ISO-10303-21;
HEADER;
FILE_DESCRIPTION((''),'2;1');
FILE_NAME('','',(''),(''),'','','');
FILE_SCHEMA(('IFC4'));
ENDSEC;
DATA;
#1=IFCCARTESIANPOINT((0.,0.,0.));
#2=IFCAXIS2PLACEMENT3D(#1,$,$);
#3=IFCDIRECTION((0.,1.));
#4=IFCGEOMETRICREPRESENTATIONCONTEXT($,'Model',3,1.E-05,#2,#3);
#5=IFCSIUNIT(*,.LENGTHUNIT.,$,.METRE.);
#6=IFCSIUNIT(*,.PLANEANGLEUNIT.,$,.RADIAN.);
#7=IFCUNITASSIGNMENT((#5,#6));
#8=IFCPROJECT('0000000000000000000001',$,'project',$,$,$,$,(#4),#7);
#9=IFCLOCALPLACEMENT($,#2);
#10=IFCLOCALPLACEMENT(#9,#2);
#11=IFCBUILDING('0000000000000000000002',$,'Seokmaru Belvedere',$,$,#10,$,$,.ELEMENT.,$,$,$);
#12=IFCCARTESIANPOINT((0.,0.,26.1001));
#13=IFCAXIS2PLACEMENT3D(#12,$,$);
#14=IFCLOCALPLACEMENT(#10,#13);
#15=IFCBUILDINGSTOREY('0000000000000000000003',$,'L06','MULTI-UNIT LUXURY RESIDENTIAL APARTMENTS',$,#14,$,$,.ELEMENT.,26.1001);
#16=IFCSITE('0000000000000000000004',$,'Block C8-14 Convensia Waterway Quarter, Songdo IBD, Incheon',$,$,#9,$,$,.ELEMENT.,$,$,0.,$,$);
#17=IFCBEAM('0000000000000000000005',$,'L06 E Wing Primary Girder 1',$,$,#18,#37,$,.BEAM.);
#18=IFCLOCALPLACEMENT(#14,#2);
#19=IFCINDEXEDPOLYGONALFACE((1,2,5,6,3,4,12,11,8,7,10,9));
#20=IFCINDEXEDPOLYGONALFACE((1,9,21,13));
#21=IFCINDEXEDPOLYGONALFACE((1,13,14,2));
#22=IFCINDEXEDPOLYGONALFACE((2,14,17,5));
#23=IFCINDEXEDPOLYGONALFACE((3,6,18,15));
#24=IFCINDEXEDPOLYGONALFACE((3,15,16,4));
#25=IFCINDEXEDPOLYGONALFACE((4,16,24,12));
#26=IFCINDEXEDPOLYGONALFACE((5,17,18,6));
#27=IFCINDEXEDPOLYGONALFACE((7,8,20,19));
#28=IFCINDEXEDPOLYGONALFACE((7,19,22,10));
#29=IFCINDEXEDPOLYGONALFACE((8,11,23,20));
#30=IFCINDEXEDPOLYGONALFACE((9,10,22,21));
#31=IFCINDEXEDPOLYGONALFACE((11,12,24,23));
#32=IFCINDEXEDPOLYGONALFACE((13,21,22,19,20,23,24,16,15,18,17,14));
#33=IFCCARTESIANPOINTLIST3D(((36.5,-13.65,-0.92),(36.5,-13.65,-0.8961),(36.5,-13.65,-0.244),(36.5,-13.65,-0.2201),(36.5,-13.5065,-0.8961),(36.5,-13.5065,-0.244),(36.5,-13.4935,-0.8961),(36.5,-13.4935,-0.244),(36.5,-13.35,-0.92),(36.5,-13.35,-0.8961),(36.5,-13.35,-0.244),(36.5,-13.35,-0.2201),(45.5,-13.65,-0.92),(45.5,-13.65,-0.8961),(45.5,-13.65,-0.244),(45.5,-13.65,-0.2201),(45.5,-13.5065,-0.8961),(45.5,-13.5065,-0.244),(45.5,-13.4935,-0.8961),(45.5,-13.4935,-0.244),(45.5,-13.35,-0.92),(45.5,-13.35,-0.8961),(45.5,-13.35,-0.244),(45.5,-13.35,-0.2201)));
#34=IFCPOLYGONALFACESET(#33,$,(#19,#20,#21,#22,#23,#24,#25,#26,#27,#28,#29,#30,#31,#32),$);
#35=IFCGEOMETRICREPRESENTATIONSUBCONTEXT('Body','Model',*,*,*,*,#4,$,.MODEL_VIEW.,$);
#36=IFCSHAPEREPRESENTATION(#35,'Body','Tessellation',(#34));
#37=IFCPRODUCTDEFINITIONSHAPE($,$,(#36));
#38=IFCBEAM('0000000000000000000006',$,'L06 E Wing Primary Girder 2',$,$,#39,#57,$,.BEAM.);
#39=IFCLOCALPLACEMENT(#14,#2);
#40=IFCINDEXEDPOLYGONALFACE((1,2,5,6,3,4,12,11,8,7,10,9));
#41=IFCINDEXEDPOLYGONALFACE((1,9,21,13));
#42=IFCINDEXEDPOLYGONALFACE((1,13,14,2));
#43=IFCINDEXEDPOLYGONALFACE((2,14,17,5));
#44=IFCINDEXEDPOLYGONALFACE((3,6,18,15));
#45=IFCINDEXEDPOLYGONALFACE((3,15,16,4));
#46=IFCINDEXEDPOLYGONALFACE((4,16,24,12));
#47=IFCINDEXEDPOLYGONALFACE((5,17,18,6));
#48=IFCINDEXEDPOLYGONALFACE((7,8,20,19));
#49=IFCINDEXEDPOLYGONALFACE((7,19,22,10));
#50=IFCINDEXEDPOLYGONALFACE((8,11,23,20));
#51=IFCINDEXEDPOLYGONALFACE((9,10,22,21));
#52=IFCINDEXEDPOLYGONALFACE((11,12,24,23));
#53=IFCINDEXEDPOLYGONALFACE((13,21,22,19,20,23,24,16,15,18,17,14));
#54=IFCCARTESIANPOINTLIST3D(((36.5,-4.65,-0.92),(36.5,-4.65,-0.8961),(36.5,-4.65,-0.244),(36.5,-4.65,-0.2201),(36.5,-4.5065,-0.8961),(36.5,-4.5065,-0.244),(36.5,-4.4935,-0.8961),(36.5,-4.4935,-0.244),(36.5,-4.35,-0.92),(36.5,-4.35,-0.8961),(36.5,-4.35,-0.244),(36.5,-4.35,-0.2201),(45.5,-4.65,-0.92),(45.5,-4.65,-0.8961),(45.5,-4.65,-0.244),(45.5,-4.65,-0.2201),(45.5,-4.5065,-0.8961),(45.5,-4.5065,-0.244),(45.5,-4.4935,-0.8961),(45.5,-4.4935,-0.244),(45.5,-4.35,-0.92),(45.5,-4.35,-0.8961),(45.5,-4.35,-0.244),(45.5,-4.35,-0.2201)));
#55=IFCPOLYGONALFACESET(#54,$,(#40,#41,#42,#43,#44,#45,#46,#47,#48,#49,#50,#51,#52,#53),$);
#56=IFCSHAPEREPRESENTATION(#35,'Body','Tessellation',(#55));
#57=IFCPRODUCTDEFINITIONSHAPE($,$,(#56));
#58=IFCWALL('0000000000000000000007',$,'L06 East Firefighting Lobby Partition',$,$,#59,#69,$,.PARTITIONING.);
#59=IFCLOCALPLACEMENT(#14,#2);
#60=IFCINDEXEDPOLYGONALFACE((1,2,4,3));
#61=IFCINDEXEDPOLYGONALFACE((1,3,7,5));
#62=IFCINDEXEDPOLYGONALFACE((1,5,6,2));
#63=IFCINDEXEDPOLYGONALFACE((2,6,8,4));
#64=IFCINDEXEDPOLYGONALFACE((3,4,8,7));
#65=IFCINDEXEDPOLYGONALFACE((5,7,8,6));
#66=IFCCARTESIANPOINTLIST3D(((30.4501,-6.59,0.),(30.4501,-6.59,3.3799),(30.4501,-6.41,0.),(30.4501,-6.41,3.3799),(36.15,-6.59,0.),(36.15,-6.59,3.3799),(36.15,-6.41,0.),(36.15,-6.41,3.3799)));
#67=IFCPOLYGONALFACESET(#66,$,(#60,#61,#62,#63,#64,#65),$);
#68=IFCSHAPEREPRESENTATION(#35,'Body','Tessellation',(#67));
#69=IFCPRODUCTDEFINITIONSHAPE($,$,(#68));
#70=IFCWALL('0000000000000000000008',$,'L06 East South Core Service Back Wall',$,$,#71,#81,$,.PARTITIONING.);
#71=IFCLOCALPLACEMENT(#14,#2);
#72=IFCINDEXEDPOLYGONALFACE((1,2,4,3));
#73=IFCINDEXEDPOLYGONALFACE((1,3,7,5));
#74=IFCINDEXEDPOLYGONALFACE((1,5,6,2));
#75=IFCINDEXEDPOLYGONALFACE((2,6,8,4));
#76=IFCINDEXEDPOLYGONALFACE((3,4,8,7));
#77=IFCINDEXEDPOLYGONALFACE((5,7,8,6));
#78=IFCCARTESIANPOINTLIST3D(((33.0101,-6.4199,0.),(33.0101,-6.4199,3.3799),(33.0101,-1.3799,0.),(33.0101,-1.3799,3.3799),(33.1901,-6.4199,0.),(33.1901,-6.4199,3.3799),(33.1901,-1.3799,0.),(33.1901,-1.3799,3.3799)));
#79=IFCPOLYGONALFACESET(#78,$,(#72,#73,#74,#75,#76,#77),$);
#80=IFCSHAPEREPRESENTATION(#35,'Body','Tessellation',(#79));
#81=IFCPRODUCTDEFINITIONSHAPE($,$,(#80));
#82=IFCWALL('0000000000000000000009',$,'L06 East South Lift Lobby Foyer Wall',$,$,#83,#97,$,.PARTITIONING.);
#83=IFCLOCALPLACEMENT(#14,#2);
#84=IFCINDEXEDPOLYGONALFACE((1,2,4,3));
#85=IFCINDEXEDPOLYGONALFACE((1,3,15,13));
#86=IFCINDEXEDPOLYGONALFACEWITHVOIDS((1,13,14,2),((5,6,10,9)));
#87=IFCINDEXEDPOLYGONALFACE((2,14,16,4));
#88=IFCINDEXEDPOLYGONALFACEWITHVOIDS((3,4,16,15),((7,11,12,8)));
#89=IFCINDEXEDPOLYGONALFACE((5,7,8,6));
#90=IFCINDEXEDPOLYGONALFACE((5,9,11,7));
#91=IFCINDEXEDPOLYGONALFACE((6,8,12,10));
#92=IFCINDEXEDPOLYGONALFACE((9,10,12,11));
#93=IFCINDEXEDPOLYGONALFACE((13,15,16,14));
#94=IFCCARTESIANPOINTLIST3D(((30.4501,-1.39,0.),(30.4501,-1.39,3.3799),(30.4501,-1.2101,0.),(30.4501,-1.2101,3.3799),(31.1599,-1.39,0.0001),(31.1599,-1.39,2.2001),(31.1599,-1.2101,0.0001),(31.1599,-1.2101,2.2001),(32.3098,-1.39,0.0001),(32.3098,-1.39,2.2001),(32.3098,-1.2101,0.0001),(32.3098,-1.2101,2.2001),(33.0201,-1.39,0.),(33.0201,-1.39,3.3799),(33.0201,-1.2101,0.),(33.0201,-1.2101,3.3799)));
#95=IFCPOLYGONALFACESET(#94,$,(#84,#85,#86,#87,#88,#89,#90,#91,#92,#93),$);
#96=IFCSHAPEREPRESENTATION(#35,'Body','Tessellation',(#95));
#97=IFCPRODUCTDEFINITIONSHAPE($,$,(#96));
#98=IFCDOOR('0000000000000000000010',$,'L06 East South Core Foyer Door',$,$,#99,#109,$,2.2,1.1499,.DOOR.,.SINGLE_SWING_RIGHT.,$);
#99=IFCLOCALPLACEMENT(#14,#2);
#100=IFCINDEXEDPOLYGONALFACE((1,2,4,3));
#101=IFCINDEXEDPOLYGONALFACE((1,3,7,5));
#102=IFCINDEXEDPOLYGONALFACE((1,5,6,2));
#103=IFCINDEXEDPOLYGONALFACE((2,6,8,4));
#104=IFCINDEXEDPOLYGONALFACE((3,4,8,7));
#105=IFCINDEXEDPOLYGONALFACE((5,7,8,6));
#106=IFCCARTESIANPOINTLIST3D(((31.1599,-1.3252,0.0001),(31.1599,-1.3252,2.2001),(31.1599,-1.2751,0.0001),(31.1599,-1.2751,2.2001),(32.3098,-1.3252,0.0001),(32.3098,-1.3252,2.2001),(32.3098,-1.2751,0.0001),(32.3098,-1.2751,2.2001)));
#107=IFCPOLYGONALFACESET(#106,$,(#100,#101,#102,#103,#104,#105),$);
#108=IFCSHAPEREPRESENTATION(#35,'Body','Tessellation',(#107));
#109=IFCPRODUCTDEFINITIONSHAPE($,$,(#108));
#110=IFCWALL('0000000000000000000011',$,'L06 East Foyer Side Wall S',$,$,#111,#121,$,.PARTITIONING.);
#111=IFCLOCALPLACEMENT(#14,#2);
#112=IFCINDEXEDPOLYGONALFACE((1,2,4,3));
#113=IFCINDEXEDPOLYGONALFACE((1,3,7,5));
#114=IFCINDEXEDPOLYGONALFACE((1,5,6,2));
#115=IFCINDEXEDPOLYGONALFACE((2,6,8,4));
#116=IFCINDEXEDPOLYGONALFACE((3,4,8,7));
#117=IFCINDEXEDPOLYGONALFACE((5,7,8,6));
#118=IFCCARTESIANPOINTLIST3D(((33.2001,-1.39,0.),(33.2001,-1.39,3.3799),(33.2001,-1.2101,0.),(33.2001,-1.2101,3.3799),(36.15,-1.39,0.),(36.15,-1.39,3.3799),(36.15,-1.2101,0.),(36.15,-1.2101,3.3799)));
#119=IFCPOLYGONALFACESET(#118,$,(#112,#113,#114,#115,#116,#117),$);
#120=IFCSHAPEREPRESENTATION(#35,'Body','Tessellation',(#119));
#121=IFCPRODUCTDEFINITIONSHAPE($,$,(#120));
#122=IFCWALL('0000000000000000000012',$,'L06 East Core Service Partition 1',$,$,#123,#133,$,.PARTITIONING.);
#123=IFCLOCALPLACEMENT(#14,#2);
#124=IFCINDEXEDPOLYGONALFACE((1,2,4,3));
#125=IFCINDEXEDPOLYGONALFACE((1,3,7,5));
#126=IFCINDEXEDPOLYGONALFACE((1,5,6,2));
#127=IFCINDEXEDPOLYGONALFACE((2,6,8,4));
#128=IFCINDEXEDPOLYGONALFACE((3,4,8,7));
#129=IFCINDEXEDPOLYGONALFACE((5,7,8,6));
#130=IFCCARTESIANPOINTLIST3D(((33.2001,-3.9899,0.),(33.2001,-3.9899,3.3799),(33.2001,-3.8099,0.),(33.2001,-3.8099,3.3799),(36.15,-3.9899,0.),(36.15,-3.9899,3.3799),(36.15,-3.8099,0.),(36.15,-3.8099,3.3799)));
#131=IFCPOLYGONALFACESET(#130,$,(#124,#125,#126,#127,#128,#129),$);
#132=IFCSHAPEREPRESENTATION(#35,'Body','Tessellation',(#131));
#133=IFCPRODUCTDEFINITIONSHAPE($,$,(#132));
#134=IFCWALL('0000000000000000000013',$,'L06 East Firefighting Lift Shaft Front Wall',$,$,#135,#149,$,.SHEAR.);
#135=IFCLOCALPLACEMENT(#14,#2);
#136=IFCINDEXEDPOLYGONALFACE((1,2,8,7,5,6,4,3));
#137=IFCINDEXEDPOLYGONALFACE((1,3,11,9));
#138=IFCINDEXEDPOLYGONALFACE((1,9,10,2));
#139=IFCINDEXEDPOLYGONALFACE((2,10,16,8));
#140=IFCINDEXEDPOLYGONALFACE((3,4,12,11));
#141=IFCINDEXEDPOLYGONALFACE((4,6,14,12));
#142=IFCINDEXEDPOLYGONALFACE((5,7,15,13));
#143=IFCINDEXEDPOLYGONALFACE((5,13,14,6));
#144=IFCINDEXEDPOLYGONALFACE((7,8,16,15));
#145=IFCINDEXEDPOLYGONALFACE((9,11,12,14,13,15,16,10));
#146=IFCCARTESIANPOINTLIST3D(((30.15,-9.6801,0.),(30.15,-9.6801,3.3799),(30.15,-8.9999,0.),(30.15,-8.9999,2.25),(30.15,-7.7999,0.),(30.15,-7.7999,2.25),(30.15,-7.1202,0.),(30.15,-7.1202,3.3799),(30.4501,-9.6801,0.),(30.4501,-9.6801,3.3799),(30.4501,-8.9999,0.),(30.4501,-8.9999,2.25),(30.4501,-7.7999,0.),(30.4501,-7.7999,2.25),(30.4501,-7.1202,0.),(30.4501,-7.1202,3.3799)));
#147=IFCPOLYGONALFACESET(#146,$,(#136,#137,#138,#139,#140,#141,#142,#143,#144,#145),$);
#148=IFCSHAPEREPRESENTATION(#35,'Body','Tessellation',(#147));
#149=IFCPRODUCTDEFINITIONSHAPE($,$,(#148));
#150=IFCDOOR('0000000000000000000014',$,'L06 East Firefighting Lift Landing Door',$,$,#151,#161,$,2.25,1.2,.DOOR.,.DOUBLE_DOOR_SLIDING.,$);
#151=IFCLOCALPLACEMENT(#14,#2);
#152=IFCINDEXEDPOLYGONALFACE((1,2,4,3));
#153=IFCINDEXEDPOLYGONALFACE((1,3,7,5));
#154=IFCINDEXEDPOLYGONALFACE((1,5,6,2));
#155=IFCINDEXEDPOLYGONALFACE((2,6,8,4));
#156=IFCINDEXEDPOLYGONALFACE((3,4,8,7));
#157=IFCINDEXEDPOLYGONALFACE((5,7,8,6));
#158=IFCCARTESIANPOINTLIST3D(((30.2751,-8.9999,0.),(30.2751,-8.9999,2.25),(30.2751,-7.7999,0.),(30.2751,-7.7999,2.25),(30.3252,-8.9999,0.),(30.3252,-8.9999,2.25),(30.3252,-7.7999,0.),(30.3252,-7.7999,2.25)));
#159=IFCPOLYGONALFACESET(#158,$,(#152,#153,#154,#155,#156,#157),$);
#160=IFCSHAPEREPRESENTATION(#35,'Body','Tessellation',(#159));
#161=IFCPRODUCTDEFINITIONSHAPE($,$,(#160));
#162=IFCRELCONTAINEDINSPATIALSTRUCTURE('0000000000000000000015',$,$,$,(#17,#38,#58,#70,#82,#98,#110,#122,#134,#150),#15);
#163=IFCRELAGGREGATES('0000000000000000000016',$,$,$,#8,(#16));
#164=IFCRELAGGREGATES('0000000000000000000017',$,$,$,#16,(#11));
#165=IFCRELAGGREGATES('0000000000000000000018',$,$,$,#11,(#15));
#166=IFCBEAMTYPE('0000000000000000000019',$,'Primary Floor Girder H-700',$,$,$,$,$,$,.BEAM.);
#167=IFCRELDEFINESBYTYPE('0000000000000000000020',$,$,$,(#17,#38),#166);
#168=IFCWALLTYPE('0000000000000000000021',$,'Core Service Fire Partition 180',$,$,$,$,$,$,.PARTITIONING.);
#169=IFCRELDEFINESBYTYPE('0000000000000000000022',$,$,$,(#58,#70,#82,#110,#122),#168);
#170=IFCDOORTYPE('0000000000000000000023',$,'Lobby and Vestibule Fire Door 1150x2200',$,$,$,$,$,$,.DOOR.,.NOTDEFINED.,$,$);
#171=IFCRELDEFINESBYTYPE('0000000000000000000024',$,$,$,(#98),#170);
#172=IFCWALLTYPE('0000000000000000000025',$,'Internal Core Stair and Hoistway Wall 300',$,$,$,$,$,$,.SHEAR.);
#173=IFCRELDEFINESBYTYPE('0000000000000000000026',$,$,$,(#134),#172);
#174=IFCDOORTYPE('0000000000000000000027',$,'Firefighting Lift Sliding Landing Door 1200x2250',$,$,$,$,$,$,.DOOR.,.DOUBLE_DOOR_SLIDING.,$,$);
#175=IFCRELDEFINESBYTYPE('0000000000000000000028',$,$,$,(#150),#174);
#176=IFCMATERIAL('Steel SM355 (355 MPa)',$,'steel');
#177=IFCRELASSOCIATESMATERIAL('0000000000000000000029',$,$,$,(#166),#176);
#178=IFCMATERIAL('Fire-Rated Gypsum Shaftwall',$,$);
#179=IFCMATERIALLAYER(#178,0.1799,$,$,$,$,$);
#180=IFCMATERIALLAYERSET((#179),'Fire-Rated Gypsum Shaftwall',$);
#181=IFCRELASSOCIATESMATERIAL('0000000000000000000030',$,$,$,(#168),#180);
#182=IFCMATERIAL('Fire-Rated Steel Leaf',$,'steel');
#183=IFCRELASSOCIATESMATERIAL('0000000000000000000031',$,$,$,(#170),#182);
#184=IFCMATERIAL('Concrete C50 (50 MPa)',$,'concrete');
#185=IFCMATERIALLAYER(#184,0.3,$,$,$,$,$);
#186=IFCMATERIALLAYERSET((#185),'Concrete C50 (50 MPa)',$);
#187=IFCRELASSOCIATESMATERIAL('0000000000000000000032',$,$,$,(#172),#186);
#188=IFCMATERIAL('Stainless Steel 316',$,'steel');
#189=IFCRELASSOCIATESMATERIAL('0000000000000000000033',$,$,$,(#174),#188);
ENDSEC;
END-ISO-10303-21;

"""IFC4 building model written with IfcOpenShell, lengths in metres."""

from ifc_helpers import new_model, si_unit, direction, frame, frame_2d, origin, origin_2d, place, context, subcontext, project, spatial, rectangle, i_section, extrude, source, transform, mapped, material, layer, layer_set, material_profile, profile_set, type_object, type_shapes, element, fill, save


model = new_model("IFC4")

# Units and contexts
model_context = context("Model", 3, precision=1e-05, world=origin(), true_north=direction((0.0, 1.0)))
body_context = subcontext(model_context, "Body", "Model", "MODEL_VIEW")
ifc_project = project(units=[si_unit("LENGTHUNIT", "METRE"), si_unit("PLANEANGLEUNIT", "RADIAN")], contexts=[model_context])

# Site, building, storey
site_placement = place(None, origin())
site = spatial("IfcSite", under=ifc_project, at=site_placement, Name="Block C8-14 Convensia Waterway Quarter, Songdo IBD, Incheon", CompositionType="ELEMENT", RefElevation=0.0)
building_placement = place(site_placement, origin())
building = spatial("IfcBuilding", under=site, at=building_placement, Name="Seokmaru Belvedere", CompositionType="ELEMENT")
storey_placement = place(building_placement, frame((0.0, 0.0, 26.1001)))
storey = spatial("IfcBuildingStorey", under=building, at=storey_placement, Name="L06", Description="MULTI-UNIT LUXURY RESIDENTIAL APARTMENTS", CompositionType="ELEMENT", Elevation=26.1001)

# Beams
ifc_material_1 = material(Name="Steel SM355 (355 MPa)", Category="steel")
ifc_material_profile = material_profile(ifc_material_1, i_section(OverallWidth=0.3, OverallDepth=0.7, WebThickness=0.0129, FlangeThickness=0.0239, at=origin_2d()), Name="H-700x300x13x24")
ifc_profile_set = profile_set([ifc_material_profile], Name="Steel SM355 (355 MPa)")
beam_type = type_object("IfcBeamType", Name="Primary Floor Girder H-700", PredefinedType="BEAM", material=ifc_profile_set)
shared_shape_1 = source(origin(), body_context, "Body", "SweptSolid", [
    extrude(i_section(OverallWidth=0.3, OverallDepth=0.7, WebThickness=0.0129, FlangeThickness=0.0239, at=origin_2d()), origin(), (0.0, 0.0, 1.0), 9.0),
])
type_shapes(beam_type, [shared_shape_1])
for number, where, z_axis, x_axis, name in (
    (1, (36.5, -13.5, -0.5701), (1.0, 0.0, 0.0), (0.0, 1.0, 0.0), "L06 E Wing Primary Girder 1"),
    (2, (36.5, -4.5, -0.5701), (1.0, 0.0, 0.0), (0.0, 1.0, 0.0), "L06 E Wing Primary Girder 2"),
):
    element("IfcBeam", number, at=place(storey_placement, frame(where, z_axis=z_axis, x_axis=x_axis)), inside=storey, type_object=beam_type, Name=name, PredefinedType="BEAM", context=body_context, shape_type="MappedRepresentation", body=[
        mapped(shared_shape_1, transform((0.0, 0.0, 0.0), scale=1.0)),
    ])

# Walls
ifc_material_2 = material(Name="Fire-Rated Gypsum Shaftwall")
ifc_layer_1 = layer(ifc_material_2, 0.1799)
ifc_layer_set_1 = layer_set([ifc_layer_1], Name="Fire-Rated Gypsum Shaftwall")
wall_type_1 = type_object("IfcWallType", Name="Core Service Fire Partition 180", PredefinedType="PARTITIONING", material=ifc_layer_set_1)
wall_1_placement = place(storey_placement, frame((30.45, -6.5, 0.0), z_axis=(0.0, 0.0, 1.0), x_axis=(1.0, 0.0, 0.0)))
element("IfcWall", 3, at=wall_1_placement, inside=storey, type_object=wall_type_1, Name="L06 East Firefighting Lobby Partition", PredefinedType="PARTITIONING", context=body_context, shape_type="SweptSolid", body=[
    extrude(rectangle(XDim=5.7, YDim=0.1799, at=frame_2d((2.8501, 0.0))), origin(), (0.0, 0.0, 1.0), 3.3799),
])
wall_2_placement = place(storey_placement, frame((33.1001, -6.4199, 0.0), z_axis=(0.0, 0.0, 1.0), x_axis=(0.0, 1.0, 0.0)))
element("IfcWall", 4, at=wall_2_placement, inside=storey, type_object=wall_type_1, Name="L06 East South Core Service Back Wall", PredefinedType="PARTITIONING", context=body_context, shape_type="SweptSolid", body=[
    extrude(rectangle(XDim=5.04, YDim=0.1799, at=frame_2d((2.52, 0.0))), origin(), (0.0, 0.0, 1.0), 3.3799),
])

# Wall, opening, door
wall_3_placement = place(storey_placement, frame((30.45, -1.3, 0.0), z_axis=(0.0, 0.0, 1.0), x_axis=(1.0, 0.0, 0.0)))
wall_3 = element("IfcWall", 5, at=wall_3_placement, inside=storey, type_object=wall_type_1, Name="L06 East South Lift Lobby Foyer Wall", PredefinedType="PARTITIONING", context=body_context, shape_type="SweptSolid", body=[
    extrude(rectangle(XDim=2.5701, YDim=0.1799, at=frame_2d((1.2852, 0.0))), origin(), (0.0, 0.0, 1.0), 3.3799),
])
opening_1_placement = place(wall_3_placement, frame((0.71, 0.0, 0.0)))
opening_1 = element("IfcOpeningElement", 6, at=opening_1_placement, cuts=wall_3, PredefinedType="OPENING", context=body_context, shape_type="SweptSolid", body=[
    extrude(rectangle(XDim=1.1499, YDim=2.2, at=frame_2d((0.575, 1.1001))), frame((0.0, 0.1001, 0.0), z_axis=(0.0, -1.0, 0.0), x_axis=(1.0, 0.0, 0.0)), (0.0, 0.0, 1.0), 0.2),
])
ifc_material_3 = material(Name="Fire-Rated Steel Leaf", Category="steel")
door_type_1 = type_object("IfcDoorType", Name="Lobby and Vestibule Fire Door 1150x2200", OperationType="NOTDEFINED", PredefinedType="DOOR", material=ifc_material_3)
shared_shape_2 = source(origin(), body_context, "Body", "SweptSolid", [
    extrude(rectangle(XDim=1.1499, YDim=2.2, at=frame_2d((0.575, 1.1001))), frame((0.0, 0.0249, 0.0), z_axis=(0.0, -1.0, 0.0), x_axis=(1.0, 0.0, 0.0)), (0.0, 0.0, 1.0), 0.05),
])
type_shapes(door_type_1, [shared_shape_2])
door_1_placement = place(opening_1_placement, origin())
door_1 = element("IfcDoor", 7, at=door_1_placement, inside=storey, type_object=door_type_1, Name="L06 East South Core Foyer Door", OperationType="SINGLE_SWING_RIGHT", OverallHeight=2.2, OverallWidth=1.1499, PredefinedType="DOOR", context=body_context, shape_type="MappedRepresentation", body=[
    mapped(shared_shape_2, transform((0.0, 0.0, 0.0), scale=1.0)),
])
fill(opening_1, door_1)

# Walls
for number, where, z_axis, x_axis, name in (
    (8, (33.2, -1.3, 0.0), (0.0, 0.0, 1.0), (1.0, 0.0, 0.0), "L06 East Foyer Side Wall S"),
    (9, (33.2, -3.8999, 0.0), (0.0, 0.0, 1.0), (1.0, 0.0, 0.0), "L06 East Core Service Partition 1"),
):
    element("IfcWall", number, at=place(storey_placement, frame(where, z_axis=z_axis, x_axis=x_axis)), inside=storey, type_object=wall_type_1, Name=name, PredefinedType="PARTITIONING", context=body_context, shape_type="SweptSolid", body=[
        extrude(rectangle(XDim=2.95, YDim=0.1799, at=frame_2d((1.4751, 0.0))), origin(), (0.0, 0.0, 1.0), 3.3799),
    ])

# Wall, opening, door
ifc_material_4 = material(Name="Concrete C50 (50 MPa)", Category="concrete")
ifc_layer_2 = layer(ifc_material_4, 0.3)
ifc_layer_set_2 = layer_set([ifc_layer_2], Name="Concrete C50 (50 MPa)")
wall_type_2 = type_object("IfcWallType", Name="Internal Core Stair and Hoistway Wall 300", PredefinedType="SHEAR", material=ifc_layer_set_2)
wall_4_placement = place(storey_placement, frame((30.3, -9.6799, 0.0), z_axis=(0.0, 0.0, 1.0), x_axis=(0.0, 1.0, 0.0)))
wall_4 = element("IfcWall", 10, at=wall_4_placement, inside=storey, type_object=wall_type_2, Name="L06 East Firefighting Lift Shaft Front Wall", PredefinedType="SHEAR", context=body_context, shape_type="SweptSolid", body=[
    extrude(rectangle(XDim=2.5598, YDim=0.3, at=frame_2d((1.2798, 0.0))), origin(), (0.0, 0.0, 1.0), 3.3799),
])
opening_2_placement = place(wall_4_placement, frame((0.6799, 0.0, 0.0)))
opening_2 = element("IfcOpeningElement", 11, at=opening_2_placement, cuts=wall_4, PredefinedType="OPENING", context=body_context, shape_type="SweptSolid", body=[
    extrude(rectangle(XDim=1.2, YDim=2.25, at=frame_2d((0.6001, 1.125))), frame((0.0, 0.1602, 0.0), z_axis=(0.0, -1.0, 0.0), x_axis=(1.0, 0.0, 0.0)), (0.0, 0.0, 1.0), 0.3201),
])
ifc_material_5 = material(Name="Stainless Steel 316", Category="steel")
door_type_2 = type_object("IfcDoorType", Name="Firefighting Lift Sliding Landing Door 1200x2250", OperationType="DOUBLE_DOOR_SLIDING", PredefinedType="DOOR", material=ifc_material_5)
shared_shape_3 = source(origin(), body_context, "Body", "SweptSolid", [
    extrude(rectangle(XDim=1.2, YDim=2.25, at=frame_2d((0.6001, 1.125))), frame((0.0, 0.0249, 0.0), z_axis=(0.0, -1.0, 0.0), x_axis=(1.0, 0.0, 0.0)), (0.0, 0.0, 1.0), 0.05),
])
type_shapes(door_type_2, [shared_shape_3])
door_2_placement = place(opening_2_placement, origin())
door_2 = element("IfcDoor", 12, at=door_2_placement, inside=storey, type_object=door_type_2, Name="L06 East Firefighting Lift Landing Door", OperationType="DOUBLE_DOOR_SLIDING", OverallHeight=2.25, OverallWidth=1.2, PredefinedType="DOOR", context=body_context, shape_type="MappedRepresentation", body=[
    mapped(shared_shape_3, transform((0.0, 0.0, 0.0), scale=1.0)),
])
fill(opening_2, door_2)

save(model, "model.ifc")
